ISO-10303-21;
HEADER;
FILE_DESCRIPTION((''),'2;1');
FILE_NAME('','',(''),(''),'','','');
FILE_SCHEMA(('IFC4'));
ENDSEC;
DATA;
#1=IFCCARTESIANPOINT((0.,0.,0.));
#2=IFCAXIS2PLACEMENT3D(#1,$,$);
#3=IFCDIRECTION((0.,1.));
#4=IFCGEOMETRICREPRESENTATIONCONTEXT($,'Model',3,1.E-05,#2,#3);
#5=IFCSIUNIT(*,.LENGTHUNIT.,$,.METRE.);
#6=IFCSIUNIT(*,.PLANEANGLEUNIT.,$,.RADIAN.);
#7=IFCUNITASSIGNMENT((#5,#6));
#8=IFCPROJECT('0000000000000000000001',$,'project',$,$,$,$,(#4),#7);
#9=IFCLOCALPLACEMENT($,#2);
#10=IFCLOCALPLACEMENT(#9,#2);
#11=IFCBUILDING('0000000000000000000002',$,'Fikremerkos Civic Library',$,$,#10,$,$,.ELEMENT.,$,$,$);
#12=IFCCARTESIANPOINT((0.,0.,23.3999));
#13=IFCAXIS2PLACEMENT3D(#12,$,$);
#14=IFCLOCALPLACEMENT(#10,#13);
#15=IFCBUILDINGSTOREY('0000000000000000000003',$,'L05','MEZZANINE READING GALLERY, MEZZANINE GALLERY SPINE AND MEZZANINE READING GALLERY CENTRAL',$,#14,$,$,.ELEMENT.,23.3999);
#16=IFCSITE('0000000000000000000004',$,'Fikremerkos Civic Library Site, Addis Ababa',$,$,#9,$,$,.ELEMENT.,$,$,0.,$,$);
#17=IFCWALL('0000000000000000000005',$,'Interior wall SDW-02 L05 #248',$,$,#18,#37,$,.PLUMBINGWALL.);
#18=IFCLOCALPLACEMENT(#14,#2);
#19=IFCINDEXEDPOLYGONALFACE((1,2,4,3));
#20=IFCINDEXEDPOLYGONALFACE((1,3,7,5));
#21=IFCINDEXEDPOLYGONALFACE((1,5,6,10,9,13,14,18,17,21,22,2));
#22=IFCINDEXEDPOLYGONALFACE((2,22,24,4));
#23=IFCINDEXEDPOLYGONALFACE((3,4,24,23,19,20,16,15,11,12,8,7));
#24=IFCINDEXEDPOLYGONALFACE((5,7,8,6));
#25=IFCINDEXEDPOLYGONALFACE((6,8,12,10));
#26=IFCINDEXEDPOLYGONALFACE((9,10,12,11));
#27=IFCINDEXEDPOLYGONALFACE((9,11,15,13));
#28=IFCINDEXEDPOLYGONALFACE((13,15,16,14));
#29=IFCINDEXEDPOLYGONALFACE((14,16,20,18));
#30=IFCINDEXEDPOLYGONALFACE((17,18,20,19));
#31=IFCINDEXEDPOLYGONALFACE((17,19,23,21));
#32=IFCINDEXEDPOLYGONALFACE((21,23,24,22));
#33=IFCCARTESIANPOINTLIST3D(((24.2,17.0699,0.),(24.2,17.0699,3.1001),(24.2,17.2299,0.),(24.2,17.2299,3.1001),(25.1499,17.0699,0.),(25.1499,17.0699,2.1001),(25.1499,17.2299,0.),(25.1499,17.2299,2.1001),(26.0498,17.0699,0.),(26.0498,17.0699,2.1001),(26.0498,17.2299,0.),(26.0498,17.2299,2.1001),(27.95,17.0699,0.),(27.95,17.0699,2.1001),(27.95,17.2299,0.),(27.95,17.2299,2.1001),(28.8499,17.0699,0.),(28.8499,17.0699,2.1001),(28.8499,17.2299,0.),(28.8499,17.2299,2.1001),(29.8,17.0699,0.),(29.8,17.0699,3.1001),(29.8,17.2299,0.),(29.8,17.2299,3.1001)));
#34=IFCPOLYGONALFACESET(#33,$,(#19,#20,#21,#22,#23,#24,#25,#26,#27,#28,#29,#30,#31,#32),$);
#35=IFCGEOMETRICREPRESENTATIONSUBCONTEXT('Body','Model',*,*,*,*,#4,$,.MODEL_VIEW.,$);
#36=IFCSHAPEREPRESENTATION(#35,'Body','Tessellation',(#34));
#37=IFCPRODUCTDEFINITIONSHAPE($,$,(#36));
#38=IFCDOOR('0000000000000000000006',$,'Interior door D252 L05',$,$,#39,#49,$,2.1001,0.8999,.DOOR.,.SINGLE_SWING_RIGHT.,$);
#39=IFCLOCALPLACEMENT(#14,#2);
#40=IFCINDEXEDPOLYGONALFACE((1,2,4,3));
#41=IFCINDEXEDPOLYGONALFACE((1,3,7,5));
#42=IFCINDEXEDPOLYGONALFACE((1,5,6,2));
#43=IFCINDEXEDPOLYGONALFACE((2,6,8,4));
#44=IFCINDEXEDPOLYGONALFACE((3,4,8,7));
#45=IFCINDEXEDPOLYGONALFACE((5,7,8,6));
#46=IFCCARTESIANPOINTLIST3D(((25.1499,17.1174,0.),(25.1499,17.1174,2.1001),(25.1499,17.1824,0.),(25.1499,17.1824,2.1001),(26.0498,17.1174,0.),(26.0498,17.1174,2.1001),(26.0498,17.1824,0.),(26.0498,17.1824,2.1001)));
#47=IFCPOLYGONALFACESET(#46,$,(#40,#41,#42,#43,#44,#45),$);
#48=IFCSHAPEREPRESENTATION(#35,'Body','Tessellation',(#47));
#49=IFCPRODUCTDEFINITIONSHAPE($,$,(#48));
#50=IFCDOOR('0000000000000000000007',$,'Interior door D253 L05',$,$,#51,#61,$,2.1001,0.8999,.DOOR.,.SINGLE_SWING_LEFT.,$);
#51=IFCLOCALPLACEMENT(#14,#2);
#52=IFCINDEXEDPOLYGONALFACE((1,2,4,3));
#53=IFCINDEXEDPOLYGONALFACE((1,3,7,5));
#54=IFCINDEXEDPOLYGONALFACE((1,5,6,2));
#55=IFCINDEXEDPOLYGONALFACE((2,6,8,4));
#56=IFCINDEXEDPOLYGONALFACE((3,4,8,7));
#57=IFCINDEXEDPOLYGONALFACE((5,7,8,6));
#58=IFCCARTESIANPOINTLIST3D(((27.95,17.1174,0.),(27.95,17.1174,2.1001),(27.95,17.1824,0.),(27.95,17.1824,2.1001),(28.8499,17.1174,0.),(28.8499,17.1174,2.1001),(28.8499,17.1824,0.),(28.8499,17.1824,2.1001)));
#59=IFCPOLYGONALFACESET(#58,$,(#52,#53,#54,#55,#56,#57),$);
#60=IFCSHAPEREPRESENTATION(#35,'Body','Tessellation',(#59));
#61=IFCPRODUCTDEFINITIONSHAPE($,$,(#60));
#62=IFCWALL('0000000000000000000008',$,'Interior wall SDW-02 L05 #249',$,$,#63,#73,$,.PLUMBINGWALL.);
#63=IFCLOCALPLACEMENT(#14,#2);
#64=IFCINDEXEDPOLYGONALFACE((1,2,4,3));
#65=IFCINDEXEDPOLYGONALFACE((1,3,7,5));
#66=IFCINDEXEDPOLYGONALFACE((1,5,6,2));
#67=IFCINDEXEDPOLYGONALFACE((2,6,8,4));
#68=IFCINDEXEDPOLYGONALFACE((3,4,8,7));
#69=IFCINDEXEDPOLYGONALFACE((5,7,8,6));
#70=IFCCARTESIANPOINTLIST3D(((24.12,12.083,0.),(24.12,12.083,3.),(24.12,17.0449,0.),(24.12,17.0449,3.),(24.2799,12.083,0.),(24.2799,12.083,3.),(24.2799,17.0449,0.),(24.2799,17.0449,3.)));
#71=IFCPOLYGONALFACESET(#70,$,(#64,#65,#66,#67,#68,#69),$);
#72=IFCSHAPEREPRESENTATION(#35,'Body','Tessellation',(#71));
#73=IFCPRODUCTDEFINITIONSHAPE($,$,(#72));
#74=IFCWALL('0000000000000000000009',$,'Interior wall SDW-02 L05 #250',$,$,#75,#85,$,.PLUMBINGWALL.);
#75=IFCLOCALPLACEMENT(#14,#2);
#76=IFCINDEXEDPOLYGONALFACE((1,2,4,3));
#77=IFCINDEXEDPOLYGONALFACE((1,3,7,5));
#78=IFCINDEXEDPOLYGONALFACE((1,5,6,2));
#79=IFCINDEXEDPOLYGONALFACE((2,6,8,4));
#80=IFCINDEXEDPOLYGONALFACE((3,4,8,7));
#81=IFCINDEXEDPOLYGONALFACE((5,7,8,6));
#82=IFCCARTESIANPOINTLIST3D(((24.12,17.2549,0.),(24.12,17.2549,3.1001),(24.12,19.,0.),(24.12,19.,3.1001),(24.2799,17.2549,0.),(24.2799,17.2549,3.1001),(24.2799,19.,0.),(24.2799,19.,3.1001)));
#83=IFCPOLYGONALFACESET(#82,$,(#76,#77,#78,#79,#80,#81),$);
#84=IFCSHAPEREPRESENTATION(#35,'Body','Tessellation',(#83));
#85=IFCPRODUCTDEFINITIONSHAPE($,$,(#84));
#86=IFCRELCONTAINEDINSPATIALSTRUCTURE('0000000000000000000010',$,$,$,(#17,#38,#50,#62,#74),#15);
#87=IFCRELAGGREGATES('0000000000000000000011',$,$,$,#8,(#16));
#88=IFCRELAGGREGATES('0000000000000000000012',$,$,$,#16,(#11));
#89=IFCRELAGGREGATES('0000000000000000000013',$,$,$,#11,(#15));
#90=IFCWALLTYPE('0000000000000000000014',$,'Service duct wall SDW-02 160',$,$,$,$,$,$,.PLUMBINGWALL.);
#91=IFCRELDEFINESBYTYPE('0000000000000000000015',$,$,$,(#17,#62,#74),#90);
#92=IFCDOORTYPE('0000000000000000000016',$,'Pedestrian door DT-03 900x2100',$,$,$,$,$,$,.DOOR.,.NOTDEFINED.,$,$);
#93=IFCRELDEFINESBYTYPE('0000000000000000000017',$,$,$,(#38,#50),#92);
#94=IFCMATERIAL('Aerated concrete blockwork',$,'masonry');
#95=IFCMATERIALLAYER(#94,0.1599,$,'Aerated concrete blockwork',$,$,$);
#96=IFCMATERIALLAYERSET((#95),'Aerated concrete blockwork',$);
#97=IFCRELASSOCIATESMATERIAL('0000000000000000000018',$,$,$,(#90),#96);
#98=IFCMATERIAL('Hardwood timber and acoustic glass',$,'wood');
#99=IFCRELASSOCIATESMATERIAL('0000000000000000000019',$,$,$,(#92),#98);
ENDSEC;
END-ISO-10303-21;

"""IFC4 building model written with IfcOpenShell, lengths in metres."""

from ifc_helpers import new_model, si_unit, direction, frame, frame_2d, origin, place, context, subcontext, project, spatial, rectangle, extrude, material, layer, layer_set, type_object, element, fill, save


model = new_model("IFC4")

# Units and contexts
model_context = context("Model", 3, precision=1e-05, world=origin(), true_north=direction((0.0, 1.0)))
body_context = subcontext(model_context, "Body", "Model", "MODEL_VIEW")
ifc_project = project(units=[si_unit("LENGTHUNIT", "METRE"), si_unit("PLANEANGLEUNIT", "RADIAN")], contexts=[model_context])

# Site, building, storey
site_placement = place(None, origin())
site = spatial("IfcSite", under=ifc_project, at=site_placement, Name="Fikremerkos Civic Library Site, Addis Ababa", CompositionType="ELEMENT", RefElevation=0.0)
building_placement = place(site_placement, origin())
building = spatial("IfcBuilding", under=site, at=building_placement, Name="Fikremerkos Civic Library", CompositionType="ELEMENT")
storey_placement = place(building_placement, frame((0.0, 0.0, 23.3999)))
storey = spatial("IfcBuildingStorey", under=building, at=storey_placement, Name="L05", Description="MEZZANINE READING GALLERY, MEZZANINE GALLERY SPINE AND MEZZANINE READING GALLERY CENTRAL", CompositionType="ELEMENT", Elevation=23.3999)

# Shared definitions
ifc_material_1 = material(Name="Hardwood timber and acoustic glass", Category="wood")

# Wall, openings, doors
ifc_material_2 = material(Name="Aerated concrete blockwork", Category="masonry")
ifc_layer_1 = layer(ifc_material_2, 0.1599, Name="Aerated concrete blockwork")
ifc_layer_set_1 = layer_set([ifc_layer_1], Name="Aerated concrete blockwork")
wall_type_1 = type_object("IfcWallType", Name="Service duct wall SDW-02 160", PredefinedType="PLUMBINGWALL", material=ifc_layer_set_1)
wall_1_placement = place(storey_placement, frame((24.2, 17.1499, 0.0), z_axis=(0.0, 0.0, 1.0), x_axis=(1.0, 0.0, 0.0)))
wall_1 = element("IfcWall", 1, at=wall_1_placement, inside=storey, type_object=wall_type_1, Name="Interior wall SDW-02 L05 #248", PredefinedType="PLUMBINGWALL", context=body_context, shape_type="SweptSolid", body=[
    extrude(rectangle(XDim=5.6001, YDim=0.1599, at=frame_2d((2.8, 0.0))), origin(), (0.0, 0.0, 1.0), 3.1001),
])
opening_1_placement = place(wall_1_placement, frame((0.95, 0.0, 0.0)))
opening_1 = element("IfcOpeningElement", 2, at=opening_1_placement, cuts=wall_1, PredefinedType="OPENING", context=body_context, shape_type="SweptSolid", body=[
    extrude(rectangle(XDim=0.8999, YDim=2.1001, at=frame_2d((0.45, 1.05))), frame((0.0, 0.0898, 0.0), z_axis=(0.0, -1.0, 0.0), x_axis=(1.0, 0.0, 0.0)), (0.0, 0.0, 1.0), 0.1799),
])
opening_2_placement = place(wall_1_placement, frame((3.75, 0.0, 0.0)))
opening_2 = element("IfcOpeningElement", 3, at=opening_2_placement, cuts=wall_1, PredefinedType="OPENING", context=body_context, shape_type="SweptSolid", body=[
    extrude(rectangle(XDim=0.8999, YDim=2.1001, at=frame_2d((0.45, 1.05))), frame((0.0, 0.0898, 0.0), z_axis=(0.0, -1.0, 0.0), x_axis=(1.0, 0.0, 0.0)), (0.0, 0.0, 1.0), 0.1799),
])
door_type_1 = type_object("IfcDoorType", Name="Pedestrian door DT-03 900x2100", OperationType="NOTDEFINED", PredefinedType="DOOR", material=ifc_material_1)
door_1_placement = place(opening_1_placement, origin())
door_1 = element("IfcDoor", 4, at=door_1_placement, inside=storey, type_object=door_type_1, Name="Interior door D252 L05", OperationType="SINGLE_SWING_RIGHT", OverallHeight=2.1001, OverallWidth=0.8999, PredefinedType="DOOR", context=body_context, shape_type="SweptSolid", body=[
    extrude(rectangle(XDim=0.8999, YDim=2.1001, at=frame_2d((0.45, 1.05))), frame((0.0, 0.0325, 0.0), z_axis=(0.0, -1.0, 0.0), x_axis=(1.0, 0.0, 0.0)), (0.0, 0.0, 1.0), 0.0649),
])
fill(opening_1, door_1)
door_2_placement = place(opening_2_placement, origin())
door_2 = element("IfcDoor", 5, at=door_2_placement, inside=storey, type_object=door_type_1, Name="Interior door D253 L05", OperationType="SINGLE_SWING_LEFT", OverallHeight=2.1001, OverallWidth=0.8999, PredefinedType="DOOR", context=body_context, shape_type="SweptSolid", body=[
    extrude(rectangle(XDim=0.8999, YDim=2.1001, at=frame_2d((0.45, 1.05))), frame((0.0, 0.0325, 0.0), z_axis=(0.0, -1.0, 0.0), x_axis=(1.0, 0.0, 0.0)), (0.0, 0.0, 1.0), 0.0649),
])
fill(opening_2, door_2)

# Walls
wall_2_placement = place(storey_placement, frame((24.2, 12.083, 0.0), z_axis=(0.0, 0.0, 1.0), x_axis=(0.0, 1.0, 0.0)))
element("IfcWall", 6, at=wall_2_placement, inside=storey, type_object=wall_type_1, Name="Interior wall SDW-02 L05 #249", PredefinedType="PLUMBINGWALL", context=body_context, shape_type="SweptSolid", body=[
    extrude(rectangle(XDim=4.9619, YDim=0.1599, at=frame_2d((2.481, 0.0))), origin(), (0.0, 0.0, 1.0), 3.0),
])
wall_3_placement = place(storey_placement, frame((24.2, 17.2549, 0.0), z_axis=(0.0, 0.0, 1.0), x_axis=(0.0, 1.0, 0.0)))
element("IfcWall", 7, at=wall_3_placement, inside=storey, type_object=wall_type_1, Name="Interior wall SDW-02 L05 #250", PredefinedType="PLUMBINGWALL", context=body_context, shape_type="SweptSolid", body=[
    extrude(rectangle(XDim=1.7451, YDim=0.1599, at=frame_2d((0.8726, 0.0))), origin(), (0.0, 0.0, 1.0), 3.1001),
])

save(model, "model.ifc")
